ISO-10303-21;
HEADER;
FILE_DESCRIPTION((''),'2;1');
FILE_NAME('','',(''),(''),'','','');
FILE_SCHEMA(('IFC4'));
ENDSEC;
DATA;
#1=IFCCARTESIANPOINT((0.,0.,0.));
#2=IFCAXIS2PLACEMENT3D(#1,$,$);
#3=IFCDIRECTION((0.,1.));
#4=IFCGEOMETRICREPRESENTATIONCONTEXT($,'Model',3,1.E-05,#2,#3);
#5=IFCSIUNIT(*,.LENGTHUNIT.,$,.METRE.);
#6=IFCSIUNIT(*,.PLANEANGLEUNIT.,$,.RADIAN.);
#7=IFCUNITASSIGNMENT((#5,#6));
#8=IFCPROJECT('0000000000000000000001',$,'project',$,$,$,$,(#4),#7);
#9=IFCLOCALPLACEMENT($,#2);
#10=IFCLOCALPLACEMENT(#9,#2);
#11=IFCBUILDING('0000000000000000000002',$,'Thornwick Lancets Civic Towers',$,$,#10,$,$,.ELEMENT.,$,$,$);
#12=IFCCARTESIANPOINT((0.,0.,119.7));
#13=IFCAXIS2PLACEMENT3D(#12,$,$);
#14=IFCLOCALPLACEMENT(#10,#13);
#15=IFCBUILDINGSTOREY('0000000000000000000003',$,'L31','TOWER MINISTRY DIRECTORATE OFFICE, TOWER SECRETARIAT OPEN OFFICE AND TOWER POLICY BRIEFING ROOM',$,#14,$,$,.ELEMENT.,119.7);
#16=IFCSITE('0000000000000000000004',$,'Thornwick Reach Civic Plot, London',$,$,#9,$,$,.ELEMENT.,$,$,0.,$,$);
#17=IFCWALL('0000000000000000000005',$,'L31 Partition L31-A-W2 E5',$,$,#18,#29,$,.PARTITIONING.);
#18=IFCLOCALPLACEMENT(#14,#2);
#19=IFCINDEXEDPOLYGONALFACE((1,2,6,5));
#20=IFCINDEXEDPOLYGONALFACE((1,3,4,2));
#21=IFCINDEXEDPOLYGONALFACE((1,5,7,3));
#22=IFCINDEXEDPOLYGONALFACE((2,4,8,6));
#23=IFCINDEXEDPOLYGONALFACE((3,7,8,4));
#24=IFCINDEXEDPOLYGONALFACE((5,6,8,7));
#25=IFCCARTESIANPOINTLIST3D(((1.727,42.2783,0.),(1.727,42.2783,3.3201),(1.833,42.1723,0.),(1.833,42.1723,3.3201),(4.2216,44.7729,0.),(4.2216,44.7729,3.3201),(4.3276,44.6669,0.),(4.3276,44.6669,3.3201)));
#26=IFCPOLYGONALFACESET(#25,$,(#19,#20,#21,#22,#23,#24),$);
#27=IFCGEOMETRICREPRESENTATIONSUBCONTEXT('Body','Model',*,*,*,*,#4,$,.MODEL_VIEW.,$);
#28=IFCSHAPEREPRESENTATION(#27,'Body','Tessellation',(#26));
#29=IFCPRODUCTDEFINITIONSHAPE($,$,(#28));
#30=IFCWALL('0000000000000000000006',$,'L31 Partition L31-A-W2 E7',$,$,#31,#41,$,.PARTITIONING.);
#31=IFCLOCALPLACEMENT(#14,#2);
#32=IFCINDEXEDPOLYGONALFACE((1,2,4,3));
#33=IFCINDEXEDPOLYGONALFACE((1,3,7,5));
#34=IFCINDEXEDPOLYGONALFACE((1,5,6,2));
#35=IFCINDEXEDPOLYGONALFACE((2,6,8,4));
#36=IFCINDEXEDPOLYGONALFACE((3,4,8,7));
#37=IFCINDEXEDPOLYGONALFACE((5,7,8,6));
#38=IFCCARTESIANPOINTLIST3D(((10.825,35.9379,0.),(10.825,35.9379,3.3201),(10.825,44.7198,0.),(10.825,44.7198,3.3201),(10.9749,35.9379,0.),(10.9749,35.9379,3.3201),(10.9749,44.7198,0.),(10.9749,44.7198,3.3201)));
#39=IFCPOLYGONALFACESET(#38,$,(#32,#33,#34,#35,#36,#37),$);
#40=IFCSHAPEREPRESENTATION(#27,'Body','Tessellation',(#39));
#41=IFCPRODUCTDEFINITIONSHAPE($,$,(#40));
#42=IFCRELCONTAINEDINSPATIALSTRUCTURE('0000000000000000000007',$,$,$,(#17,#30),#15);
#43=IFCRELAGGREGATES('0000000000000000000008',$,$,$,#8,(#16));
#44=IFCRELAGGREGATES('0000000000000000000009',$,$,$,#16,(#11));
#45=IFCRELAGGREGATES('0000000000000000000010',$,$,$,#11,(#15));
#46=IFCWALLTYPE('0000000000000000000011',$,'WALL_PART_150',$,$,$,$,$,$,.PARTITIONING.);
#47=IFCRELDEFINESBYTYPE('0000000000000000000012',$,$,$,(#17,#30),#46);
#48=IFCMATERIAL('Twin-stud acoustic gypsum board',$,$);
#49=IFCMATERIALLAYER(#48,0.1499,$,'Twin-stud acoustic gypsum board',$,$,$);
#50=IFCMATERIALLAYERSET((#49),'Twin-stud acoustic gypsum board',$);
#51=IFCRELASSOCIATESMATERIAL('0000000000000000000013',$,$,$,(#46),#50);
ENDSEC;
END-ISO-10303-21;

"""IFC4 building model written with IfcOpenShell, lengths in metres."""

from ifc_helpers import new_model, si_unit, direction, frame, frame_2d, origin, place, context, subcontext, project, spatial, rectangle, extrude, material, layer, layer_set, type_object, element, save


model = new_model("IFC4")

# Units and contexts
model_context = context("Model", 3, precision=1e-05, world=origin(), true_north=direction((0.0, 1.0)))
body_context = subcontext(model_context, "Body", "Model", "MODEL_VIEW")
ifc_project = project(units=[si_unit("LENGTHUNIT", "METRE"), si_unit("PLANEANGLEUNIT", "RADIAN")], contexts=[model_context])

# Site, building, storey
site_placement = place(None, origin())
site = spatial("IfcSite", under=ifc_project, at=site_placement, Name="Thornwick Reach Civic Plot, London", CompositionType="ELEMENT", RefElevation=0.0)
building_placement = place(site_placement, origin())
building = spatial("IfcBuilding", under=site, at=building_placement, Name="Thornwick Lancets Civic Towers", CompositionType="ELEMENT")
storey_placement = place(building_placement, frame((0.0, 0.0, 119.7)))
storey = spatial("IfcBuildingStorey", under=building, at=storey_placement, Name="L31", Description="TOWER MINISTRY DIRECTORATE OFFICE, TOWER SECRETARIAT OPEN OFFICE AND TOWER POLICY BRIEFING ROOM", CompositionType="ELEMENT", Elevation=119.7)

# Walls
ifc_material_1 = material(Name="Twin-stud acoustic gypsum board")
ifc_layer_1 = layer(ifc_material_1, 0.1499, Name="Twin-stud acoustic gypsum board")
ifc_layer_set_1 = layer_set([ifc_layer_1], Name="Twin-stud acoustic gypsum board")
wall_type_1 = type_object("IfcWallType", Name="WALL_PART_150", PredefinedType="PARTITIONING", material=ifc_layer_set_1)
wall_1_placement = place(storey_placement, frame((1.78, 42.2253, 0.0), z_axis=(0.0, 0.0, 1.0), x_axis=(0.707107, 0.707107, 0.0)))
element("IfcWall", 1, at=wall_1_placement, inside=storey, type_object=wall_type_1, Name="L31 Partition L31-A-W2 E5", PredefinedType="PARTITIONING", context=body_context, shape_type="SweptSolid", body=[
    extrude(rectangle(XDim=3.5278, YDim=0.1499, at=frame_2d((1.7639, 0.0))), origin(), (0.0, 0.0, 1.0), 3.3201),
])
wall_2_placement = place(storey_placement, frame((10.8999, 44.72, 0.0), z_axis=(0.0, 0.0, 1.0), x_axis=(0.0, -1.0, 0.0)))
element("IfcWall", 2, at=wall_2_placement, inside=storey, type_object=wall_type_1, Name="L31 Partition L31-A-W2 E7", PredefinedType="PARTITIONING", context=body_context, shape_type="SweptSolid", body=[
    extrude(rectangle(XDim=8.782, YDim=0.1499, at=frame_2d((4.3911, 0.0))), origin(), (0.0, 0.0, 1.0), 3.3201),
])

save(model, "model.ifc")
